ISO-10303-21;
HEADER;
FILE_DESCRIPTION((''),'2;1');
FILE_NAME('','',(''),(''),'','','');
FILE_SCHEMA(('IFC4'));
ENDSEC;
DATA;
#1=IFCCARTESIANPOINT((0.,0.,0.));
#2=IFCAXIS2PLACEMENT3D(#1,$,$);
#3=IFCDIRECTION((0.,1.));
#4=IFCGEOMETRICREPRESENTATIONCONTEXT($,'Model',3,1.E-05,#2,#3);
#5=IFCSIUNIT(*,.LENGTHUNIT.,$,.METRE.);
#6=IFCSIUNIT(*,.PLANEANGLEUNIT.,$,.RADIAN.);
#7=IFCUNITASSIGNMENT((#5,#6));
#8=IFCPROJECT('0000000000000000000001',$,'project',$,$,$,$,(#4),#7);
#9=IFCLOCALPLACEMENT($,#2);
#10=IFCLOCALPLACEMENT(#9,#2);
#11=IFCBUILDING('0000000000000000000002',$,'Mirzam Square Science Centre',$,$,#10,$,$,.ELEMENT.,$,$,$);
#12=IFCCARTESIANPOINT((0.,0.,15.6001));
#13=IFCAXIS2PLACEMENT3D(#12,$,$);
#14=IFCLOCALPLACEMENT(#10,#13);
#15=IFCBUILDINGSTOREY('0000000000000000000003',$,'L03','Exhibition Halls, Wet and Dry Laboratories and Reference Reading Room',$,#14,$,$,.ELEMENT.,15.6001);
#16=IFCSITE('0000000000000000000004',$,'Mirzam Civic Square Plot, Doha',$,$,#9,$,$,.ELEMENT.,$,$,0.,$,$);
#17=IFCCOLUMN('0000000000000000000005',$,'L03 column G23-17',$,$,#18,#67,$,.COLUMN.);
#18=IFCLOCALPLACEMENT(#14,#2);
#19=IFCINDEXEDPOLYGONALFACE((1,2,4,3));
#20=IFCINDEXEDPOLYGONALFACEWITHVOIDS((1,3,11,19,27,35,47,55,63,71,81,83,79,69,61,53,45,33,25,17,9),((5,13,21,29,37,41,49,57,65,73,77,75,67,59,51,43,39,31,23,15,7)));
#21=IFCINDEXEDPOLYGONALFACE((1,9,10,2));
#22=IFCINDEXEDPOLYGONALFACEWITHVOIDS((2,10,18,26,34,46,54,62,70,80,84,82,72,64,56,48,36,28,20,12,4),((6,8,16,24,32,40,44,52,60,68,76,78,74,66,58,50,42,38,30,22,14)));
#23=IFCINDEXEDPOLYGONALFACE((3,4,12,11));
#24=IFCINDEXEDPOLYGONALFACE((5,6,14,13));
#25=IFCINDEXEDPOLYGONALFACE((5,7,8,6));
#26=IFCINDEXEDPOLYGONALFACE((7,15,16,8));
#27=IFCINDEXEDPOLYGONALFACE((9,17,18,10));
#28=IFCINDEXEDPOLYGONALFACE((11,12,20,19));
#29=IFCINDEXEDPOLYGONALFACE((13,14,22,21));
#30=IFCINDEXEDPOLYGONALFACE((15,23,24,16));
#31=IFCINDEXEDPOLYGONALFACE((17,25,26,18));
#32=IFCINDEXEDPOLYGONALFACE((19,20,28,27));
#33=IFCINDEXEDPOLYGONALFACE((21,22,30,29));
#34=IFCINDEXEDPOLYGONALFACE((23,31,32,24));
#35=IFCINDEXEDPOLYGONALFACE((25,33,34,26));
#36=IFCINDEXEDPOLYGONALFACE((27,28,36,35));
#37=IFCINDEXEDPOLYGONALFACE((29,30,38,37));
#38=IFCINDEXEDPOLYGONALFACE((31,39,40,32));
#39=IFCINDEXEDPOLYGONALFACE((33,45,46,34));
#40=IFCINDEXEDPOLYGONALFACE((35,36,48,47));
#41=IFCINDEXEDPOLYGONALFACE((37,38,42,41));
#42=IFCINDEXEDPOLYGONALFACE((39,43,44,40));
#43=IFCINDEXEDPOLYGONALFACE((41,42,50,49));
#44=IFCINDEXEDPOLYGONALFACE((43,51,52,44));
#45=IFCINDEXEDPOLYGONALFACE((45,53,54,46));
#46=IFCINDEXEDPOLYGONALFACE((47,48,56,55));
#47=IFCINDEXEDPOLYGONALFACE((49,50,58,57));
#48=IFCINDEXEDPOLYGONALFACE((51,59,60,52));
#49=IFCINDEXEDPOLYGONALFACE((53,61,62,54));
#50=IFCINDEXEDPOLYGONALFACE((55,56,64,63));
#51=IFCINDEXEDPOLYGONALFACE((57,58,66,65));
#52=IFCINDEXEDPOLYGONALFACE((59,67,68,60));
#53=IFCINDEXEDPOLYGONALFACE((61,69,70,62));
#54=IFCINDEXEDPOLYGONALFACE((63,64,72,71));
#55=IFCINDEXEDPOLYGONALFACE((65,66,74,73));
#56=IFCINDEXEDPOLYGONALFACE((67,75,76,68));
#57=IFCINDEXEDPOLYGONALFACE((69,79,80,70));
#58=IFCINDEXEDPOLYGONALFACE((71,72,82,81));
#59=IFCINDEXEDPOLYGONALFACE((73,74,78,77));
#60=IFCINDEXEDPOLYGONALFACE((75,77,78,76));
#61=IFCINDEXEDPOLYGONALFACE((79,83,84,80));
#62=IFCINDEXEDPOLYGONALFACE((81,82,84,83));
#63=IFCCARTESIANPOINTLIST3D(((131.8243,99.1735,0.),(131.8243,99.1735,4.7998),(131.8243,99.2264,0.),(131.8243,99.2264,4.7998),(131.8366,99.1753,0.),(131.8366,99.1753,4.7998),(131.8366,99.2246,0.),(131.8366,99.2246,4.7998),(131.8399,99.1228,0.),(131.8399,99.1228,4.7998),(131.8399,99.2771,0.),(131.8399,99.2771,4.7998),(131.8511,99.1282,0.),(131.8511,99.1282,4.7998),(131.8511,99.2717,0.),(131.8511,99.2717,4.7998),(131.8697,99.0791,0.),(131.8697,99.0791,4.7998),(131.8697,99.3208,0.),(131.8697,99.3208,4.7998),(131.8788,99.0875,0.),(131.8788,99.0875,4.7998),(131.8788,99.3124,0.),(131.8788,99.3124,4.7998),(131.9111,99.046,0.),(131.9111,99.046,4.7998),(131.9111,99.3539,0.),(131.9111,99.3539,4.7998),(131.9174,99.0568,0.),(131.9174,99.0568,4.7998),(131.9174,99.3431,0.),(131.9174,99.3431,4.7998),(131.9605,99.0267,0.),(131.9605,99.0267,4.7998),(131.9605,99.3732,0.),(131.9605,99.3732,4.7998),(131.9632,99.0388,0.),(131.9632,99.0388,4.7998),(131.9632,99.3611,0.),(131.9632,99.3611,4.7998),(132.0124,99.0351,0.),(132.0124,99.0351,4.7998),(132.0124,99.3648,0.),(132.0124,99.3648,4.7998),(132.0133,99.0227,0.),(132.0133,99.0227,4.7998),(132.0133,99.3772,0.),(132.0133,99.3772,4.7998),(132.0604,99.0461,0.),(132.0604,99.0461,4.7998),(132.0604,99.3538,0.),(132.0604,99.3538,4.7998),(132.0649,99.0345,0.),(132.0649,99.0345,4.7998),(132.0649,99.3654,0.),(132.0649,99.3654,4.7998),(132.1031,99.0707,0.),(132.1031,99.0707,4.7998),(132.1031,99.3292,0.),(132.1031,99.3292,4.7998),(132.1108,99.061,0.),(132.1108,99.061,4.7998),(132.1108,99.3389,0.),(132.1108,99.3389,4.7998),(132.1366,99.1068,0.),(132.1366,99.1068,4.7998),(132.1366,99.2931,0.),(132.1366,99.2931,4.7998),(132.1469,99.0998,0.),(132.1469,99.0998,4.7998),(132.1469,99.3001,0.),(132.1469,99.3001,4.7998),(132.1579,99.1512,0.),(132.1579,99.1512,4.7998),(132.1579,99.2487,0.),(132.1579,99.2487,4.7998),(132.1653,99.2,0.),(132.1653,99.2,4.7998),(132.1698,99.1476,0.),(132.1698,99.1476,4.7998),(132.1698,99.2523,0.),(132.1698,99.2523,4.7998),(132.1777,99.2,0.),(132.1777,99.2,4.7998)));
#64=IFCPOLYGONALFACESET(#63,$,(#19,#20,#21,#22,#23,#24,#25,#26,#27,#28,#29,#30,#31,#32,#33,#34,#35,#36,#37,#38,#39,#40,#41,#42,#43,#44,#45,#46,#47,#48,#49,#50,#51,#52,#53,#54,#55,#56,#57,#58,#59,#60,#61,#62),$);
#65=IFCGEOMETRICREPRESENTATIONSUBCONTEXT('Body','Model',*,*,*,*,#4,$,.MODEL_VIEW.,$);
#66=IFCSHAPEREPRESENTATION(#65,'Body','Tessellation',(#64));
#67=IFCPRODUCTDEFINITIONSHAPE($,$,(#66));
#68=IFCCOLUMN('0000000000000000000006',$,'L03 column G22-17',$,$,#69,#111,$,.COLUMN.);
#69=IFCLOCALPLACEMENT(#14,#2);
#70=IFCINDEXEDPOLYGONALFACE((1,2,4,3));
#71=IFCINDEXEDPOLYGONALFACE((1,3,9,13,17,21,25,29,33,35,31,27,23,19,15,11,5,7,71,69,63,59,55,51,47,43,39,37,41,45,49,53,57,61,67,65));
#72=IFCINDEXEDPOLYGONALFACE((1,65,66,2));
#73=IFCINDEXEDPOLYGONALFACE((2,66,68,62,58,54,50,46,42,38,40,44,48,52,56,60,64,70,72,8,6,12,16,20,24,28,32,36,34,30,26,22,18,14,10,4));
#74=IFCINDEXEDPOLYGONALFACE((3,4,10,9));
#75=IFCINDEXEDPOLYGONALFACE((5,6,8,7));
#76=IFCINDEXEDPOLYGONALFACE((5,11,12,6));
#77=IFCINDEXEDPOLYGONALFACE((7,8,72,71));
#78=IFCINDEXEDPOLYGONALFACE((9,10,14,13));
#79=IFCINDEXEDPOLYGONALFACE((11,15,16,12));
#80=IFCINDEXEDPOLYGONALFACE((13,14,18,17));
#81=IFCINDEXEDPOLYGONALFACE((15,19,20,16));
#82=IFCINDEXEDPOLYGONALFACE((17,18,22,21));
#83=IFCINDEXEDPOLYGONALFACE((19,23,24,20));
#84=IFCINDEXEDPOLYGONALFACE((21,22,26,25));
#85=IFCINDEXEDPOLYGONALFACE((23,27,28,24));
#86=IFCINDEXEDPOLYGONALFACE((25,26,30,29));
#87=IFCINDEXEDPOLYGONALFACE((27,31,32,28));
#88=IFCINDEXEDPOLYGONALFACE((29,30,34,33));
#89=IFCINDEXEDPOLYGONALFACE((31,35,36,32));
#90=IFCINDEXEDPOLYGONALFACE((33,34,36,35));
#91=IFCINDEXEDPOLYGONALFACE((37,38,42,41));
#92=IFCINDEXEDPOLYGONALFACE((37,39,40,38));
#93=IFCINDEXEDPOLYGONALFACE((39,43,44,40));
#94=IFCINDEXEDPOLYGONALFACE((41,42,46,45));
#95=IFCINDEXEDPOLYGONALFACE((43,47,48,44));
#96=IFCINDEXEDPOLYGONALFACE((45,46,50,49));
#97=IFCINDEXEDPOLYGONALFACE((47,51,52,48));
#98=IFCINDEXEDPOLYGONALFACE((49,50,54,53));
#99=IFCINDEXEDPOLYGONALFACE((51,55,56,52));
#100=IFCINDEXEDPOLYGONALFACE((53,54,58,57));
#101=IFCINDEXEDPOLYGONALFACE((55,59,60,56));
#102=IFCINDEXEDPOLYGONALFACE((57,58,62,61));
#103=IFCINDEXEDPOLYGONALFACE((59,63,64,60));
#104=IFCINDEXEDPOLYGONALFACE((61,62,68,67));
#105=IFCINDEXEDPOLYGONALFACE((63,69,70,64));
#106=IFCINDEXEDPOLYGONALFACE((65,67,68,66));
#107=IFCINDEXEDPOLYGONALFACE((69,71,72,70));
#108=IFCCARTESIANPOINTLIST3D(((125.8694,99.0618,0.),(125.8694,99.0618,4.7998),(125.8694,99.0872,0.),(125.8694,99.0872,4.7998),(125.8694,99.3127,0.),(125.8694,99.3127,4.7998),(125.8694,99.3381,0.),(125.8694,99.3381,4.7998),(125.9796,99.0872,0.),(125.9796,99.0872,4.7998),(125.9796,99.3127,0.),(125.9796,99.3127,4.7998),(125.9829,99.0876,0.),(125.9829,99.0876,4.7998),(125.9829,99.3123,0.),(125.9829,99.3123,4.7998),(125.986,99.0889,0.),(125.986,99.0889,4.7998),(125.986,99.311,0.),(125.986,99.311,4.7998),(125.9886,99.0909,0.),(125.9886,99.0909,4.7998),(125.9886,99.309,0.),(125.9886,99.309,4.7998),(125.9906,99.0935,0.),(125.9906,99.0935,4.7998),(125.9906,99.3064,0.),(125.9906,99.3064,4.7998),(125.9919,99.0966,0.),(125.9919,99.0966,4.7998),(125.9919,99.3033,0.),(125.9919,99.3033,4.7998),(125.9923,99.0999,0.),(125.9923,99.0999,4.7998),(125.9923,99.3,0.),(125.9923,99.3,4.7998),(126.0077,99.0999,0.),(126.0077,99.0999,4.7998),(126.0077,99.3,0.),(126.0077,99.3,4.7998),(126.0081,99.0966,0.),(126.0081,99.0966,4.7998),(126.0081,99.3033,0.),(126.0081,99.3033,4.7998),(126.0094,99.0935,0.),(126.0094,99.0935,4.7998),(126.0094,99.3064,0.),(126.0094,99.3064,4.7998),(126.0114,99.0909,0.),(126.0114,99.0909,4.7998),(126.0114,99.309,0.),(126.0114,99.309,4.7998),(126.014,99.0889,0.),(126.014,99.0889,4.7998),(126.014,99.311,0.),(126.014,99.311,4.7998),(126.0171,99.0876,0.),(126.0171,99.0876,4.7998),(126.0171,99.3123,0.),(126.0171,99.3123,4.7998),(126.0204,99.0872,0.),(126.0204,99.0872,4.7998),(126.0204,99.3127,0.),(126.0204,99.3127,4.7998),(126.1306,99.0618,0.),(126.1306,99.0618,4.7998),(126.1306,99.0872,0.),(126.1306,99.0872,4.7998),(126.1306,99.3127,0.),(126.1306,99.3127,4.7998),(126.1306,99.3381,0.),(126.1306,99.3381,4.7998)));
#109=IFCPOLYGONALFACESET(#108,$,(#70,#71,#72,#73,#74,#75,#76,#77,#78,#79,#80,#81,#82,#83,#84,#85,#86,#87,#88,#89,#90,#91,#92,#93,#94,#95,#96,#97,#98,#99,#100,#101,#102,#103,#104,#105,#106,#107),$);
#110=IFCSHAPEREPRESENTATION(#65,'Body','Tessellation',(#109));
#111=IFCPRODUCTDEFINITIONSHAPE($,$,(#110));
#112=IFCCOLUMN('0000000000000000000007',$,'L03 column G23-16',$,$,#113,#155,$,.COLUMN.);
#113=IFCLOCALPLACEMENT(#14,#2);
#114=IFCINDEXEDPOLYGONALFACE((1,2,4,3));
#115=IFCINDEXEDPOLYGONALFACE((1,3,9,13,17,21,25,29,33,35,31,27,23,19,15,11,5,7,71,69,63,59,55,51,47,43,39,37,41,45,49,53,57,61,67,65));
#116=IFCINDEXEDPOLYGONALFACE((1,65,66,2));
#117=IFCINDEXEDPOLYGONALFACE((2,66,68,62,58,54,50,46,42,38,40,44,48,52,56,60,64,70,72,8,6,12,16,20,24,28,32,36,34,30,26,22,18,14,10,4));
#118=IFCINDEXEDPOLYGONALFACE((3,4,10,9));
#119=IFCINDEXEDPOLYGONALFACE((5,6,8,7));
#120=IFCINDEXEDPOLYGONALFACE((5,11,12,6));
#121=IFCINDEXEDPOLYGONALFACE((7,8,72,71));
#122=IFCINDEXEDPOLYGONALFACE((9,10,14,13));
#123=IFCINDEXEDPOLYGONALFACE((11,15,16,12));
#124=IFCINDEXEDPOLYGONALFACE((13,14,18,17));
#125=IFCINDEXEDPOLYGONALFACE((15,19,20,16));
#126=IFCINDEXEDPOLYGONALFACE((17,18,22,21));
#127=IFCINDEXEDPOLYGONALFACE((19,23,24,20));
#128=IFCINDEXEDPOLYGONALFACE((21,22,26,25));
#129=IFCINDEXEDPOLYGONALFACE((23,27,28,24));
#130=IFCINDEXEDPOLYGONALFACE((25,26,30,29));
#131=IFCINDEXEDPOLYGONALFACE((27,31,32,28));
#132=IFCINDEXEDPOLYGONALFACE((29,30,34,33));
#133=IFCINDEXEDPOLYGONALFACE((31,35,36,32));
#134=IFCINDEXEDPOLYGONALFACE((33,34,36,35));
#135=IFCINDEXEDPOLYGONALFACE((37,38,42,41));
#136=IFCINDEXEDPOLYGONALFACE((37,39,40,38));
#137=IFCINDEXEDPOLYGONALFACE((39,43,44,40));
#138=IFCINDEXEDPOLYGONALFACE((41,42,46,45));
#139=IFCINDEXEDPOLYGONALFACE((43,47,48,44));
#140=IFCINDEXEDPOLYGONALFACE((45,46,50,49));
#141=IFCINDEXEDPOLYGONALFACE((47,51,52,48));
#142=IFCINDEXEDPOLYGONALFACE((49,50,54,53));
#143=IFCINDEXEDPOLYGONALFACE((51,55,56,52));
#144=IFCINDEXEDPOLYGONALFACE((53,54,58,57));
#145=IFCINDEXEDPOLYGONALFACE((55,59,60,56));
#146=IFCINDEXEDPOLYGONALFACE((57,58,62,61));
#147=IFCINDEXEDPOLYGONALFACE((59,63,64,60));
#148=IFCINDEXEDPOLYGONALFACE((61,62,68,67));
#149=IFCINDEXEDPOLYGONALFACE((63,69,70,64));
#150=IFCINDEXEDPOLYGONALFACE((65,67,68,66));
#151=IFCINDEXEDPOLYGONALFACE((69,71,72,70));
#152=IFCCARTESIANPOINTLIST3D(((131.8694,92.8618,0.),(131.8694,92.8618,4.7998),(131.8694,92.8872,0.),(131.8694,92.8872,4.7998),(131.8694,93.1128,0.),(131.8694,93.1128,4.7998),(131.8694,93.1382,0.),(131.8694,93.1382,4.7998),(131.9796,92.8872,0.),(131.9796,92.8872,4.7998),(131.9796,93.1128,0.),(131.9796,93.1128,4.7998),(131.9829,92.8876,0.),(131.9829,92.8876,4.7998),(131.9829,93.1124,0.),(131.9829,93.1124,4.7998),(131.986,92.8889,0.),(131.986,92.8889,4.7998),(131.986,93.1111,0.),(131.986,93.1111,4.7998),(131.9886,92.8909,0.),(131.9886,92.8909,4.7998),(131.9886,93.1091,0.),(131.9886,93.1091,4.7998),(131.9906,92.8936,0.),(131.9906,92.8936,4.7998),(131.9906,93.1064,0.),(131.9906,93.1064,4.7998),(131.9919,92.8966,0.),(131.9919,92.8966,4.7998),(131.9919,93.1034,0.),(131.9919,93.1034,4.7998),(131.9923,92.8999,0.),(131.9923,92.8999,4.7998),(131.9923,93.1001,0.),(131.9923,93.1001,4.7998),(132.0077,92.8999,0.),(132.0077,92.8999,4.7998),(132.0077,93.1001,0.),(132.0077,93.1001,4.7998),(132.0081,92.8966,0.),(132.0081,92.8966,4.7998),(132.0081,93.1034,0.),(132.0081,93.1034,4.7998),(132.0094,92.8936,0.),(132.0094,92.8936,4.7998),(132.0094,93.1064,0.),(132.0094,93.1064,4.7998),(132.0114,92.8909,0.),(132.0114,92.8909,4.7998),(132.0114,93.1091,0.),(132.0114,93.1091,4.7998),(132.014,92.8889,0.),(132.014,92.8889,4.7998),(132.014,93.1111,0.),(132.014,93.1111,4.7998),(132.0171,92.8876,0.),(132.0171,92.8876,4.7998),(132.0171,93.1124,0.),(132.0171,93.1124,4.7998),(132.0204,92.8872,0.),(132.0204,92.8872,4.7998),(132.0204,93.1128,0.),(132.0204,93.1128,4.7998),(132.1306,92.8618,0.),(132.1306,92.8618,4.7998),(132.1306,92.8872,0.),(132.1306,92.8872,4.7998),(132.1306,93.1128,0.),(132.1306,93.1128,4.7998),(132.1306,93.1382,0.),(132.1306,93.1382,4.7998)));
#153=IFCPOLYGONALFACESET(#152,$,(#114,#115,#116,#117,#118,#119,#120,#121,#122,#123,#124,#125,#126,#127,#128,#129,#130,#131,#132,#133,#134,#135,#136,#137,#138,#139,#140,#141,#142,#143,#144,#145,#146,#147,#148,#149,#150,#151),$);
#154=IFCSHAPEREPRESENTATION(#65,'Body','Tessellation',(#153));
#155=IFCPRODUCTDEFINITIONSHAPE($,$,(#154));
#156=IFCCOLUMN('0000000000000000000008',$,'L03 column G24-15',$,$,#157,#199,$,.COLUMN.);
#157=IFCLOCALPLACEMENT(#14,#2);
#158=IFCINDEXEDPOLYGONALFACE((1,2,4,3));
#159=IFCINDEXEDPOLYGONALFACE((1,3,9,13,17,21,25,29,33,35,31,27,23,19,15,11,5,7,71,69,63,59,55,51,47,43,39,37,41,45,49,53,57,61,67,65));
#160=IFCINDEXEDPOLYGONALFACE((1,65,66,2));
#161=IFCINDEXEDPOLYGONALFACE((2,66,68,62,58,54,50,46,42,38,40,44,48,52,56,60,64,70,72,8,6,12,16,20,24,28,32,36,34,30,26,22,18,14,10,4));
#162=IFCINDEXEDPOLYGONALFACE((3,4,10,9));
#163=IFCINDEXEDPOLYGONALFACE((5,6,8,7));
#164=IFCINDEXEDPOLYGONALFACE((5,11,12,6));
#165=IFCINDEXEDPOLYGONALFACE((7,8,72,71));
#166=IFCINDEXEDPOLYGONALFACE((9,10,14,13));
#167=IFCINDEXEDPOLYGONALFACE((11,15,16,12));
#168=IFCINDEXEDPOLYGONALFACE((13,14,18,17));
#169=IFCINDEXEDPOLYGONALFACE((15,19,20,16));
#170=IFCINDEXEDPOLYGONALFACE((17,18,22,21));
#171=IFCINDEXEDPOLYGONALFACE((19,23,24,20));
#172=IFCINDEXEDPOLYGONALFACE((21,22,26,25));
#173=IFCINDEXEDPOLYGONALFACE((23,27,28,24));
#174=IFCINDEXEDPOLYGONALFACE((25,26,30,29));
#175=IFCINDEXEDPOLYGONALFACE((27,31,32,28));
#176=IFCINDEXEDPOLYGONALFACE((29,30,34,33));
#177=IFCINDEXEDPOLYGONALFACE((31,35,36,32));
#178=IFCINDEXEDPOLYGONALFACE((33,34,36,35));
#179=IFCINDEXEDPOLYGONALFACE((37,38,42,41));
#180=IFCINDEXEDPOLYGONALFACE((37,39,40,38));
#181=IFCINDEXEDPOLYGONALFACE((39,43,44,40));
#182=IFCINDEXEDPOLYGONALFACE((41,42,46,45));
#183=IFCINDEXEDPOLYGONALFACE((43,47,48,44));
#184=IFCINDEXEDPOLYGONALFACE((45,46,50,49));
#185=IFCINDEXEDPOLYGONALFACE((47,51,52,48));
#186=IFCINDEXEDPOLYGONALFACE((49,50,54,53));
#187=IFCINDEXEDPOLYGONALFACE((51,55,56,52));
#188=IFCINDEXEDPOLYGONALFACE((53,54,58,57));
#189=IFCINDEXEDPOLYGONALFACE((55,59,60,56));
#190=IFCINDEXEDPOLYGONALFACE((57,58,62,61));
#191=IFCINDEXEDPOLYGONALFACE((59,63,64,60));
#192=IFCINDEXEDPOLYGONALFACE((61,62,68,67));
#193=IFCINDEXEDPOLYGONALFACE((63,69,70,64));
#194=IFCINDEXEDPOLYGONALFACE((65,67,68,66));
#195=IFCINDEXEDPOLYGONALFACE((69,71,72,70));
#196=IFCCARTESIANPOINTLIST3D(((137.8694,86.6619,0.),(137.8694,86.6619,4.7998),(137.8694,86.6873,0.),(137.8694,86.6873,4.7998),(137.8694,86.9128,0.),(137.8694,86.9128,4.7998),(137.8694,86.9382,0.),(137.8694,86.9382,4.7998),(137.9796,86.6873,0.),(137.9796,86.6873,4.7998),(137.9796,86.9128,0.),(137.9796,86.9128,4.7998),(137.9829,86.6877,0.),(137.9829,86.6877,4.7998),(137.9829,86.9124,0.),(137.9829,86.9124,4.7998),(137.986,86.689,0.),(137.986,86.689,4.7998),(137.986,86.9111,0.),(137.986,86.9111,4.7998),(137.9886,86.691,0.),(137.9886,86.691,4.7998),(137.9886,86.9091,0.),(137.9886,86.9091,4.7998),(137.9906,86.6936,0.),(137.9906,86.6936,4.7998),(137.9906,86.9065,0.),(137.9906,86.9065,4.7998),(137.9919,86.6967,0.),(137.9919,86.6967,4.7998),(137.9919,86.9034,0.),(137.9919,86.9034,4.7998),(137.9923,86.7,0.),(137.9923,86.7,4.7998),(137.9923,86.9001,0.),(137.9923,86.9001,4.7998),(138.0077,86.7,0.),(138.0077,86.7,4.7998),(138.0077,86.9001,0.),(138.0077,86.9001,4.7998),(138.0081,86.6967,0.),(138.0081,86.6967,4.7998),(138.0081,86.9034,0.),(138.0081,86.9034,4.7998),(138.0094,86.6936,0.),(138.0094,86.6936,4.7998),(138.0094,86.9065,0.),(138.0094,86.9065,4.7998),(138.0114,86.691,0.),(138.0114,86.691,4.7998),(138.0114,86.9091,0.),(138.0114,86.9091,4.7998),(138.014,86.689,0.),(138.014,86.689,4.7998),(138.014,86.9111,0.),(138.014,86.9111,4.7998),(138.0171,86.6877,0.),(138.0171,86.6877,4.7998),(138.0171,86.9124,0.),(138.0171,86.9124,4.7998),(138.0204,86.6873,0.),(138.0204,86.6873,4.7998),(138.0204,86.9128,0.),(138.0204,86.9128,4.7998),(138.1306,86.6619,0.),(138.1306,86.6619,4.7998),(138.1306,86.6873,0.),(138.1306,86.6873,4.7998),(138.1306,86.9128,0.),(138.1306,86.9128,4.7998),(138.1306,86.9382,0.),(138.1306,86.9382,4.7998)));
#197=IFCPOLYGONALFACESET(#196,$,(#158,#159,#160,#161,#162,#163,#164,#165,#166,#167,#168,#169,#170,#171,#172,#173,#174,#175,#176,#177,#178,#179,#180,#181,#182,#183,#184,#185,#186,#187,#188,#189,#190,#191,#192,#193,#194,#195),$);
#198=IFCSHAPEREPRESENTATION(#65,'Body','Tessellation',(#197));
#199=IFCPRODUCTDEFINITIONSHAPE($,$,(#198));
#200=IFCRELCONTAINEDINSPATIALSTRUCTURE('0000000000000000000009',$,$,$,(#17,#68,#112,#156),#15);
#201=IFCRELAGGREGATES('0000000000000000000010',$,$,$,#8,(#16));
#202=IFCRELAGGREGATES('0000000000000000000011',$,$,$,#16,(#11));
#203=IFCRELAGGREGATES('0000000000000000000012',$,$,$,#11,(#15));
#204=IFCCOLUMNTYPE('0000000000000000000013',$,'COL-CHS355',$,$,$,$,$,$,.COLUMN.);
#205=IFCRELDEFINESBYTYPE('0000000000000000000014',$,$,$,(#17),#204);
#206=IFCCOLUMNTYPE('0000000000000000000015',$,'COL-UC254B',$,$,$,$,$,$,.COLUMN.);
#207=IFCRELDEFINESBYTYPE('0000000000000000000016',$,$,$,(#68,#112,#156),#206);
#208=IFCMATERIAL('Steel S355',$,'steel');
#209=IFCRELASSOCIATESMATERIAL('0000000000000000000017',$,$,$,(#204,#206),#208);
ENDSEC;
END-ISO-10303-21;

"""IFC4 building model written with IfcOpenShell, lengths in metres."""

from ifc_helpers import new_model, si_unit, direction, frame, origin, origin_2d, place, context, subcontext, project, spatial, hollow_circle, i_section, extrude, material, material_profile, profile_set, type_object, element, save


model = new_model("IFC4")

# Units and contexts
model_context = context("Model", 3, precision=1e-05, world=origin(), true_north=direction((0.0, 1.0)))
body_context = subcontext(model_context, "Body", "Model", "MODEL_VIEW")
ifc_project = project(units=[si_unit("LENGTHUNIT", "METRE"), si_unit("PLANEANGLEUNIT", "RADIAN")], contexts=[model_context])

# Site, building, storey
site_placement = place(None, origin())
site = spatial("IfcSite", under=ifc_project, at=site_placement, Name="Mirzam Civic Square Plot, Doha", CompositionType="ELEMENT", RefElevation=0.0)
building_placement = place(site_placement, origin())
building = spatial("IfcBuilding", under=site, at=building_placement, Name="Mirzam Square Science Centre", CompositionType="ELEMENT")
storey_placement = place(building_placement, frame((0.0, 0.0, 15.6001)))
storey = spatial("IfcBuildingStorey", under=building, at=storey_placement, Name="L03", Description="Exhibition Halls, Wet and Dry Laboratories and Reference Reading Room", CompositionType="ELEMENT", Elevation=15.6001)

# Columns
ifc_material_1 = material(Name="Steel S355", Category="steel")
ifc_material_profile_1 = material_profile(ifc_material_1, hollow_circle(Radius=0.1777, WallThickness=0.0125, at=origin_2d()), Name="355.6x12.5CHS")
ifc_profile_set_1 = profile_set([ifc_material_profile_1], Name="Steel S355")
column_type_1 = type_object("IfcColumnType", Name="COL-CHS355", PredefinedType="COLUMN", material=ifc_profile_set_1)
column_1_placement = place(storey_placement, frame((132.0, 99.2, 0.0), z_axis=(0.0, 0.0, 1.0), x_axis=(1.0, 0.0, 0.0)))
element("IfcColumn", 1, at=column_1_placement, inside=storey, type_object=column_type_1, Name="L03 column G23-17", PredefinedType="COLUMN", context=body_context, shape_type="SweptSolid", body=[
    extrude(hollow_circle(Radius=0.1777, WallThickness=0.0125, at=origin_2d()), origin(), (0.0, 0.0, 1.0), 4.7998),
])
ifc_material_profile_2 = material_profile(ifc_material_1, i_section(OverallWidth=0.2612, OverallDepth=0.2764, WebThickness=0.0154, FlangeThickness=0.0254, FilletRadius=0.0127, at=origin_2d()), Name="254x254x132UC")
ifc_profile_set_2 = profile_set([ifc_material_profile_2], Name="Steel S355")
column_type_2 = type_object("IfcColumnType", Name="COL-UC254B", PredefinedType="COLUMN", material=ifc_profile_set_2)
for number, where, z_axis, x_axis, name in (
    (2, (126.0, 99.2, 0.0), (0.0, 0.0, 1.0), (1.0, 0.0, 0.0), "L03 column G22-17"),
    (3, (132.0, 93.0, 0.0), (0.0, 0.0, 1.0), (1.0, 0.0, 0.0), "L03 column G23-16"),
    (4, (138.0, 86.8, 0.0), (0.0, 0.0, 1.0), (1.0, 0.0, 0.0), "L03 column G24-15"),
):
    element("IfcColumn", number, at=place(storey_placement, frame(where, z_axis=z_axis, x_axis=x_axis)), inside=storey, type_object=column_type_2, Name=name, PredefinedType="COLUMN", context=body_context, shape_type="SweptSolid", body=[
        extrude(i_section(OverallWidth=0.2612, OverallDepth=0.2764, WebThickness=0.0154, FlangeThickness=0.0254, FilletRadius=0.0127, at=origin_2d()), origin(), (0.0, 0.0, 1.0), 4.7998),
    ])

save(model, "model.ifc")
